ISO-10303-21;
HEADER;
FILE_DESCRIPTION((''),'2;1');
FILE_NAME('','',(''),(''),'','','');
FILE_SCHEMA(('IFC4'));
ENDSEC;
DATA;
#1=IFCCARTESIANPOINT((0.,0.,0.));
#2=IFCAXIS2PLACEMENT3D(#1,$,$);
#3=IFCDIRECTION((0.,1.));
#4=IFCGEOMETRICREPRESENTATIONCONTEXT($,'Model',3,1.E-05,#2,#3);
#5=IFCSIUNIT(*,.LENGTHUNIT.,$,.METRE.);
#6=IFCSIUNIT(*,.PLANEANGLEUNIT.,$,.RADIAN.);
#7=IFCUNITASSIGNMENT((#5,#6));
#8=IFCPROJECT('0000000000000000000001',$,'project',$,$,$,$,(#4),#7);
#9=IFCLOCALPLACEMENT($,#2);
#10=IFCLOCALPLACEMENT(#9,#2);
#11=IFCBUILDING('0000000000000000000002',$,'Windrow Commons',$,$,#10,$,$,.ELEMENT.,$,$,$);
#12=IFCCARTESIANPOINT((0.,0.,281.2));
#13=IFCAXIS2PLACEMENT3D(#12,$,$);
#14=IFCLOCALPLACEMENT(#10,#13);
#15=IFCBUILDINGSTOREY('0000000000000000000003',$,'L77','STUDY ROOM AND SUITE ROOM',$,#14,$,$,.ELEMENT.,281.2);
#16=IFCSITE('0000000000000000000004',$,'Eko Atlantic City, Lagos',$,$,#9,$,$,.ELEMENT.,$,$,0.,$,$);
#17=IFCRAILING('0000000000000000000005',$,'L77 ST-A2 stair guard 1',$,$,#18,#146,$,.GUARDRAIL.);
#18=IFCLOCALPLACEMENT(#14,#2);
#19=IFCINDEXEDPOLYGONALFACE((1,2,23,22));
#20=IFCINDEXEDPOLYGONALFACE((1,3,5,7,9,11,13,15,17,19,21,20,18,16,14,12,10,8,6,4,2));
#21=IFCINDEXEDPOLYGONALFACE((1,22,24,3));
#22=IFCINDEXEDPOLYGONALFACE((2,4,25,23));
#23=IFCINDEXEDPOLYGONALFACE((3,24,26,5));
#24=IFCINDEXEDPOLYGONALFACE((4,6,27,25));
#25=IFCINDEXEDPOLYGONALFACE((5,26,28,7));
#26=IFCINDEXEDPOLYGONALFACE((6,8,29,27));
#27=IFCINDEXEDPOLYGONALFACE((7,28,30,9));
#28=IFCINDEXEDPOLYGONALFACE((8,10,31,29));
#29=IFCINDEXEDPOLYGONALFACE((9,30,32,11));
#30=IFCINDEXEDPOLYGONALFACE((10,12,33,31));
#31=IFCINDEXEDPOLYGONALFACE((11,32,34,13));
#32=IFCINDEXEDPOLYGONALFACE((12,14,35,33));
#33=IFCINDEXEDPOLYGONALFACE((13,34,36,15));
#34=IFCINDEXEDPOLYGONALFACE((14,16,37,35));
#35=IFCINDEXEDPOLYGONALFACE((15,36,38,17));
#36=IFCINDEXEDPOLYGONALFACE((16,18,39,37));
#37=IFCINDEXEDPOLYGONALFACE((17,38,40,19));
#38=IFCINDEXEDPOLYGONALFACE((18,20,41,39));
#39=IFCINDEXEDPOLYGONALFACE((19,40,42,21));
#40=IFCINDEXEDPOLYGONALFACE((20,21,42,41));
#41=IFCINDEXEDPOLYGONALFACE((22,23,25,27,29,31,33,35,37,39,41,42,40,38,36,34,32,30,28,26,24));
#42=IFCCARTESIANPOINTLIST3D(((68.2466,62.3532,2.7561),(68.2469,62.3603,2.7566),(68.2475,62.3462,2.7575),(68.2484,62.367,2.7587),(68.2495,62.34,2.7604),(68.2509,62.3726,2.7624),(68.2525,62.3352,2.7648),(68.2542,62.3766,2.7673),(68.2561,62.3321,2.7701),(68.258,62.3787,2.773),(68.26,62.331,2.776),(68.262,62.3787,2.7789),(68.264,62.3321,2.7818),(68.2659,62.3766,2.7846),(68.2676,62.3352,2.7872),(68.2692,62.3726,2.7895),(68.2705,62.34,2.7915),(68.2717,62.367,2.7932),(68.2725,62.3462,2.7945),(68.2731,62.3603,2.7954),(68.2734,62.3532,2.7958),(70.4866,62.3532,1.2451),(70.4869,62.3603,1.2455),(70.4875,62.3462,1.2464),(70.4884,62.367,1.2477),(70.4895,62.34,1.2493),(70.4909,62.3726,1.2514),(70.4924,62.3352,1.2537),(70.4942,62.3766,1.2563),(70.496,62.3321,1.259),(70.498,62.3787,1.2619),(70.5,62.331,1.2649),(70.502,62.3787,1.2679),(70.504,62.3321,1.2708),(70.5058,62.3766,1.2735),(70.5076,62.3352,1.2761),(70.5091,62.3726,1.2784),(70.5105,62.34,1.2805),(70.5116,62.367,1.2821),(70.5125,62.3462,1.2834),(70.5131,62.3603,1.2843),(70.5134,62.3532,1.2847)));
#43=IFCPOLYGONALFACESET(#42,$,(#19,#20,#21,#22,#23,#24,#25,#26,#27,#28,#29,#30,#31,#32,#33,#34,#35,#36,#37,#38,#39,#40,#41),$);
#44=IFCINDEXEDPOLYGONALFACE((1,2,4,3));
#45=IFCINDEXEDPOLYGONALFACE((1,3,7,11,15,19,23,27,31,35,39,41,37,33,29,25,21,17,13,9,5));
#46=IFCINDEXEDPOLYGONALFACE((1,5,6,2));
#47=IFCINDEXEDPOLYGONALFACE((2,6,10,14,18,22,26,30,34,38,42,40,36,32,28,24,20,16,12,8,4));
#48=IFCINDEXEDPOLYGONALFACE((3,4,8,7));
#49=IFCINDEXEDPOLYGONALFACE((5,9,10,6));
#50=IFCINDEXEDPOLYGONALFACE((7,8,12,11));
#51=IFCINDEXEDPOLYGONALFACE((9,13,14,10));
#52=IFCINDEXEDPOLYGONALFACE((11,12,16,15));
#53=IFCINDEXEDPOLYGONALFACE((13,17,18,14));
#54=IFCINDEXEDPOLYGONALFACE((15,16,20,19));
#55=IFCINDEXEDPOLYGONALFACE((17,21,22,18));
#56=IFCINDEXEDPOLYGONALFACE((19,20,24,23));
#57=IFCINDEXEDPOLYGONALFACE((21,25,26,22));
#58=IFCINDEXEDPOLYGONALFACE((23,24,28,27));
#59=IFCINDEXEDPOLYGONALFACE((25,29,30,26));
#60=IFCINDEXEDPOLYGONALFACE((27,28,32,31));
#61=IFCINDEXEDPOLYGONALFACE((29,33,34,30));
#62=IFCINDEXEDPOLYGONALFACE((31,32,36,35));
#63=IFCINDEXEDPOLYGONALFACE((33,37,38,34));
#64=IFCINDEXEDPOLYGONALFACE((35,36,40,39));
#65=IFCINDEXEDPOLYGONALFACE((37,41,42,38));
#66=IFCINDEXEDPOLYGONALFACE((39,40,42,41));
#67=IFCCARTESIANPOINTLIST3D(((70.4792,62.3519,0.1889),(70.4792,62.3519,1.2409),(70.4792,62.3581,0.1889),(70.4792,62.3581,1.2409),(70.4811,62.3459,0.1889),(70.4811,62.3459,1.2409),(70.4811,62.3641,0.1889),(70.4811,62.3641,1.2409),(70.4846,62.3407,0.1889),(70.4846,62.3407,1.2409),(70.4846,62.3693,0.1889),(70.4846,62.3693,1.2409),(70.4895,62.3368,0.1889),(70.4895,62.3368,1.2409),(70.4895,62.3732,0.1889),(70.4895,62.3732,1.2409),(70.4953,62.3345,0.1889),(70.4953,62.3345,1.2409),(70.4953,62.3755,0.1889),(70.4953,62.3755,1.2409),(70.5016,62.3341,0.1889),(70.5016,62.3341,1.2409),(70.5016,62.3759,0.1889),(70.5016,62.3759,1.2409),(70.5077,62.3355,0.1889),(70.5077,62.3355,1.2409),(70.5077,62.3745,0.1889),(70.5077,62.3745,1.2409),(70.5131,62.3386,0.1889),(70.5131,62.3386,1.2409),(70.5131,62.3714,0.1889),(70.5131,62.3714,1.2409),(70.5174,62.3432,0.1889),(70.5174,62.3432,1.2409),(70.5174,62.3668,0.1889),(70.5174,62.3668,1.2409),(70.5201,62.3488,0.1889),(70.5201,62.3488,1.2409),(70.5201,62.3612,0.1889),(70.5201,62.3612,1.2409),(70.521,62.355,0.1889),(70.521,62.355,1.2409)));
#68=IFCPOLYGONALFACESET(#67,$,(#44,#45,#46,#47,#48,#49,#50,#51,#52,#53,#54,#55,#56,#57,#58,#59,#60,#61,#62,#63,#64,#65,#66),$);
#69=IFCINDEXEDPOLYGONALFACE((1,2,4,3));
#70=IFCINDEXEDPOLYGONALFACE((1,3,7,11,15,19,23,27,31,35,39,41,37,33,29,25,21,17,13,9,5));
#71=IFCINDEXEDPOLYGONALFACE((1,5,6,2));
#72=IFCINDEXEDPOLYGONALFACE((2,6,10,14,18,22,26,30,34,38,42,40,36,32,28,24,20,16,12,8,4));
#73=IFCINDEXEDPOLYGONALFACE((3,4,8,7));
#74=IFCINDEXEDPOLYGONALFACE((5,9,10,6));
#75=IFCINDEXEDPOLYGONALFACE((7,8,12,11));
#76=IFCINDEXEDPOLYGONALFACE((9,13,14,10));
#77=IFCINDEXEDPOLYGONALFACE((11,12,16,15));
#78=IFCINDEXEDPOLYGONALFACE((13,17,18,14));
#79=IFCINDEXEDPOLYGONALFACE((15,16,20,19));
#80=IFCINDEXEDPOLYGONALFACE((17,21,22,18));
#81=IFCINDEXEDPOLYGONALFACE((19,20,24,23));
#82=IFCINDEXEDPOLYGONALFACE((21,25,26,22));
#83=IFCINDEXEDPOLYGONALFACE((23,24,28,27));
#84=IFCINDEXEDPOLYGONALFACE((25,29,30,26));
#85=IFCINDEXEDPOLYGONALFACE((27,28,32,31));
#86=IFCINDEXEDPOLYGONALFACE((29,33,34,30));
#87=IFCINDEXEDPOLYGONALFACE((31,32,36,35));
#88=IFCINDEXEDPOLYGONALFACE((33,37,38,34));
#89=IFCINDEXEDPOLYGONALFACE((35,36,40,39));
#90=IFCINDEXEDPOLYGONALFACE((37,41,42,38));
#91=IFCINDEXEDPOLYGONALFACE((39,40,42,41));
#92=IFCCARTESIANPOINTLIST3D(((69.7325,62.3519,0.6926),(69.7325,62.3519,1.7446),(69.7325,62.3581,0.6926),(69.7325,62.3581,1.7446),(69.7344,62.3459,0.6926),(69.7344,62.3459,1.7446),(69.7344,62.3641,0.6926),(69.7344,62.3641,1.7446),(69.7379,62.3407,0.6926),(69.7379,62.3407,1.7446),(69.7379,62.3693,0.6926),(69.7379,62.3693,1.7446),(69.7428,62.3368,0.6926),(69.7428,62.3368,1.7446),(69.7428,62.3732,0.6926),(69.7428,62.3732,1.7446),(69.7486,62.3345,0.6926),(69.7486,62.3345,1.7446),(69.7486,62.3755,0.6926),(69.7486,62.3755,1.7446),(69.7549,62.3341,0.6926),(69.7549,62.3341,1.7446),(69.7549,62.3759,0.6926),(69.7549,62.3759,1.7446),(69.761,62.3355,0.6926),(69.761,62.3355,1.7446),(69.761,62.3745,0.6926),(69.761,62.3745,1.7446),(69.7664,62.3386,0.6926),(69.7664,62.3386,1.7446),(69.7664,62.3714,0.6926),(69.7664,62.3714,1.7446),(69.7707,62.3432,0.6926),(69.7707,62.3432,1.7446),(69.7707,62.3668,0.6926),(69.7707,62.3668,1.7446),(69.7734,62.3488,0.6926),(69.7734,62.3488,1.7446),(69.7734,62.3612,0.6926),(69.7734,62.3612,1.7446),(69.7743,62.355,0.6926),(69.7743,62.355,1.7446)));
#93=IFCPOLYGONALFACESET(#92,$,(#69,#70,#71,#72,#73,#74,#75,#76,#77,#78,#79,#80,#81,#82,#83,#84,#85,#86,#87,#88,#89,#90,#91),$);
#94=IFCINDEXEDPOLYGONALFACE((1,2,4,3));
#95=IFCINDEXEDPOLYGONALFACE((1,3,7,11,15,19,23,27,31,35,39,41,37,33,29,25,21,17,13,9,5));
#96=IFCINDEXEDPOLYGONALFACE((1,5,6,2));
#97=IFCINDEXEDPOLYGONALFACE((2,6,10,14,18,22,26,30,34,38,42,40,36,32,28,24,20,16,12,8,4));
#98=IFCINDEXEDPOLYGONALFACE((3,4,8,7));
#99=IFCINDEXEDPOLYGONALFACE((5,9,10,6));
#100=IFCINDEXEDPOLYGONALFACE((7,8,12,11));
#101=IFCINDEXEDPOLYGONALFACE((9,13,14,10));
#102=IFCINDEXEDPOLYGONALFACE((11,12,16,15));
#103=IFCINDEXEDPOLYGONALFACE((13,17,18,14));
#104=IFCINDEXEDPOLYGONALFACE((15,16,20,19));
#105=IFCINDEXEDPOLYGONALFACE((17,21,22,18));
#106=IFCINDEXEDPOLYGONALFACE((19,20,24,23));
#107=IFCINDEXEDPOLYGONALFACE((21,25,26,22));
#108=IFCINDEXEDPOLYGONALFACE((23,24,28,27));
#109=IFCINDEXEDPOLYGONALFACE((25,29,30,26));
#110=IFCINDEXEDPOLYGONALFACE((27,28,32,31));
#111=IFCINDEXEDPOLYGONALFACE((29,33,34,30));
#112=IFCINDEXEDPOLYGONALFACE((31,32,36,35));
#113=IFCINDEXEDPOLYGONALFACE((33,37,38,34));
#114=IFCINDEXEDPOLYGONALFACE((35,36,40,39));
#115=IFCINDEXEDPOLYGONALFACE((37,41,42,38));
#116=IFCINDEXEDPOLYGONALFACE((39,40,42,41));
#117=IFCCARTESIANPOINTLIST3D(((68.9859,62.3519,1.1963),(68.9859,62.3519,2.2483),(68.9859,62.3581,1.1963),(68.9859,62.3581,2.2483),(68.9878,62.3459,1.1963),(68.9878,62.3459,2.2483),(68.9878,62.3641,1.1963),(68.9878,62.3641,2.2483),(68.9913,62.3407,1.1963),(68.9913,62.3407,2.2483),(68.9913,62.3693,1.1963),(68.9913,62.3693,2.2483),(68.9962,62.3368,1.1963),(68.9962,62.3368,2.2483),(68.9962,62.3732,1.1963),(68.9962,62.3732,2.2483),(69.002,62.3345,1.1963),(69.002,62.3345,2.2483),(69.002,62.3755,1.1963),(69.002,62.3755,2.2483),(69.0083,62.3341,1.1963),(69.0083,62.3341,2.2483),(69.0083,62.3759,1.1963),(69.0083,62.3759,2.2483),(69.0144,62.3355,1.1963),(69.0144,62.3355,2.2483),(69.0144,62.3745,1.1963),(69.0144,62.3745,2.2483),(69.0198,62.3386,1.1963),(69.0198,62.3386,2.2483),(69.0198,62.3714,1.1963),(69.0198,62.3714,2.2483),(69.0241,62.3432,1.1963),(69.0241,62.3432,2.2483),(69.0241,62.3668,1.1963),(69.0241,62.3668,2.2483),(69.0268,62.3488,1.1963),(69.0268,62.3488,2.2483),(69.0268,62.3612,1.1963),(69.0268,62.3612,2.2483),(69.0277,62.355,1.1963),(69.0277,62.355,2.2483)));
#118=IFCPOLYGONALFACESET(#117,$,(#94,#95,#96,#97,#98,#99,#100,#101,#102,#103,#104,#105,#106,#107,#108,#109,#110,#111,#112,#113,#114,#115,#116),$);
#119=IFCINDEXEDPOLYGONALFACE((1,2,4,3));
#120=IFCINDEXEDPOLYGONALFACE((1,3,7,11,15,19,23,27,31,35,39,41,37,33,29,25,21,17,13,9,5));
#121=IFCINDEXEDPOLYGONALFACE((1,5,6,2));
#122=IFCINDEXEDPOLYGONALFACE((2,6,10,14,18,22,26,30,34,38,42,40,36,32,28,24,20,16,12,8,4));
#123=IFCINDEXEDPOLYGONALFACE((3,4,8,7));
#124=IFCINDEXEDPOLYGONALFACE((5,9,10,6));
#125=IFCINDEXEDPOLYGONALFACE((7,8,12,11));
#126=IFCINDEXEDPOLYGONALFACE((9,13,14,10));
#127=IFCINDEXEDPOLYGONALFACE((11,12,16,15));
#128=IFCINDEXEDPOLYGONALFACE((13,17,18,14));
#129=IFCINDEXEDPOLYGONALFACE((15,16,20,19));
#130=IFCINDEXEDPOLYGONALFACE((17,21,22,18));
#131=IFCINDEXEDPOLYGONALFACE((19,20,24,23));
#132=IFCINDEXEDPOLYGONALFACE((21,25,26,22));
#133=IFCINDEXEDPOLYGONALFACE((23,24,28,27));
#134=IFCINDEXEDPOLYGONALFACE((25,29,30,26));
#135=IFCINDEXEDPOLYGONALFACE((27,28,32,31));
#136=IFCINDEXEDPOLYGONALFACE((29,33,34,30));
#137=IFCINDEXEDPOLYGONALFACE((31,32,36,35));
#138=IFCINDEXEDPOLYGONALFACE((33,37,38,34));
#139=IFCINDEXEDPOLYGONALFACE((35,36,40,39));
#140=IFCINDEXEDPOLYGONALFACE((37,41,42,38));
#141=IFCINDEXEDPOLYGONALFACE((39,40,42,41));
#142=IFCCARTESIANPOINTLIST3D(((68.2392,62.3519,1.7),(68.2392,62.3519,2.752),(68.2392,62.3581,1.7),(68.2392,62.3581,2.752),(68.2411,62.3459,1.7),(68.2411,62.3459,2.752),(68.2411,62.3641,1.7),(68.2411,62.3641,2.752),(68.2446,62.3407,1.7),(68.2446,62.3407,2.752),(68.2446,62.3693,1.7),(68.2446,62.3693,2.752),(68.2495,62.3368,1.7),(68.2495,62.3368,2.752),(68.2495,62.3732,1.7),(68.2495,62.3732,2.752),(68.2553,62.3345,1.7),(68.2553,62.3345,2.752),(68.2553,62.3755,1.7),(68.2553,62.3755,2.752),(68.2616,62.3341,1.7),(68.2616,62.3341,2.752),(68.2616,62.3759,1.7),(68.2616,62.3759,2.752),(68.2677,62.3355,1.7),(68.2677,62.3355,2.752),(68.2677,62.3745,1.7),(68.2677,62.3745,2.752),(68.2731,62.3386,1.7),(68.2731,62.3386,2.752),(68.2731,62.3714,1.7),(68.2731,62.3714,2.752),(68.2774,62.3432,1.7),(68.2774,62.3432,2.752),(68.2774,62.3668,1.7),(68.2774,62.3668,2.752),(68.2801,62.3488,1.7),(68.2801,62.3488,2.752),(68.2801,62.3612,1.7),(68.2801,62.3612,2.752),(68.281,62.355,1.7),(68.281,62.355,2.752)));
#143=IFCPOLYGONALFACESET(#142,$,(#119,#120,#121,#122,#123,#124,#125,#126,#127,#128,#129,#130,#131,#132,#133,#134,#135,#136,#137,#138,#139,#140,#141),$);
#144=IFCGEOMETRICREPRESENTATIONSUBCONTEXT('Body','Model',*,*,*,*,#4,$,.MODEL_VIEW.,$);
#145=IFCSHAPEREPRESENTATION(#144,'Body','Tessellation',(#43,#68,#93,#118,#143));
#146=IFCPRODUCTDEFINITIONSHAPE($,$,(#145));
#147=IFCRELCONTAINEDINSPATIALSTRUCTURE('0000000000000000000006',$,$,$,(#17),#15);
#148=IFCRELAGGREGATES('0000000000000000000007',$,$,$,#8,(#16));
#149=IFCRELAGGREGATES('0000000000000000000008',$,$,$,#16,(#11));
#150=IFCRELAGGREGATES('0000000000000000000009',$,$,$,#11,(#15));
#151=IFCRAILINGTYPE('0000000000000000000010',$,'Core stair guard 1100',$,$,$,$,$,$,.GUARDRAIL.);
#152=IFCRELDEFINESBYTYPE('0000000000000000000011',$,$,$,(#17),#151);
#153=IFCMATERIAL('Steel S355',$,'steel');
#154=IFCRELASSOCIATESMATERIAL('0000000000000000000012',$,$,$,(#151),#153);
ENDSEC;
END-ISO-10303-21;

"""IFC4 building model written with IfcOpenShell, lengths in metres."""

from ifc_helpers import new_model, si_unit, direction, frame, origin, origin_2d, place, context, subcontext, project, spatial, circle, extrude, material, type_object, element, save


model = new_model("IFC4")

# Units and contexts
model_context = context("Model", 3, precision=1e-05, world=origin(), true_north=direction((0.0, 1.0)))
body_context = subcontext(model_context, "Body", "Model", "MODEL_VIEW")
ifc_project = project(units=[si_unit("LENGTHUNIT", "METRE"), si_unit("PLANEANGLEUNIT", "RADIAN")], contexts=[model_context])

# Site, building, storey
site_placement = place(None, origin())
site = spatial("IfcSite", under=ifc_project, at=site_placement, Name="Eko Atlantic City, Lagos", CompositionType="ELEMENT", RefElevation=0.0)
building_placement = place(site_placement, origin())
building = spatial("IfcBuilding", under=site, at=building_placement, Name="Windrow Commons", CompositionType="ELEMENT")
storey_placement = place(building_placement, frame((0.0, 0.0, 281.2)))
storey = spatial("IfcBuildingStorey", under=building, at=storey_placement, Name="L77", Description="STUDY ROOM AND SUITE ROOM", CompositionType="ELEMENT", Elevation=281.2)

# Railing
ifc_material_1 = material(Name="Steel S355", Category="steel")
railing_type_1 = type_object("IfcRailingType", Name="Core stair guard 1100", PredefinedType="GUARDRAIL", material=ifc_material_1)
railing_1_placement = place(storey_placement, frame((70.5, 62.355, 0.1889)))
element("IfcRailing", 1, at=railing_1_placement, inside=storey, type_object=railing_type_1, Name="L77 ST-A2 stair guard 1", PredefinedType="GUARDRAIL", context=body_context, shape_type="SweptSolid", body=[
    extrude(circle(Radius=0.024, at=origin_2d()), frame((0.0, 0.0, 1.076), z_axis=(-0.829003, 0.0, 0.559244), x_axis=(0.0, -1.0, 0.0)), (0.0, 0.0, 1.0), 2.702),
    extrude(circle(Radius=0.021, at=origin_2d()), origin(), (0.0, 0.0, 1.0), 1.052),
    extrude(circle(Radius=0.021, at=origin_2d()), frame((-0.7467, 0.0, 0.5037)), (0.0, 0.0, 1.0), 1.052),
    extrude(circle(Radius=0.021, at=origin_2d()), frame((-1.4933, 0.0, 1.0074)), (0.0, 0.0, 1.0), 1.052),
    extrude(circle(Radius=0.021, at=origin_2d()), frame((-2.24, 0.0, 1.5111)), (0.0, 0.0, 1.0), 1.052),
])

save(model, "model.ifc")
